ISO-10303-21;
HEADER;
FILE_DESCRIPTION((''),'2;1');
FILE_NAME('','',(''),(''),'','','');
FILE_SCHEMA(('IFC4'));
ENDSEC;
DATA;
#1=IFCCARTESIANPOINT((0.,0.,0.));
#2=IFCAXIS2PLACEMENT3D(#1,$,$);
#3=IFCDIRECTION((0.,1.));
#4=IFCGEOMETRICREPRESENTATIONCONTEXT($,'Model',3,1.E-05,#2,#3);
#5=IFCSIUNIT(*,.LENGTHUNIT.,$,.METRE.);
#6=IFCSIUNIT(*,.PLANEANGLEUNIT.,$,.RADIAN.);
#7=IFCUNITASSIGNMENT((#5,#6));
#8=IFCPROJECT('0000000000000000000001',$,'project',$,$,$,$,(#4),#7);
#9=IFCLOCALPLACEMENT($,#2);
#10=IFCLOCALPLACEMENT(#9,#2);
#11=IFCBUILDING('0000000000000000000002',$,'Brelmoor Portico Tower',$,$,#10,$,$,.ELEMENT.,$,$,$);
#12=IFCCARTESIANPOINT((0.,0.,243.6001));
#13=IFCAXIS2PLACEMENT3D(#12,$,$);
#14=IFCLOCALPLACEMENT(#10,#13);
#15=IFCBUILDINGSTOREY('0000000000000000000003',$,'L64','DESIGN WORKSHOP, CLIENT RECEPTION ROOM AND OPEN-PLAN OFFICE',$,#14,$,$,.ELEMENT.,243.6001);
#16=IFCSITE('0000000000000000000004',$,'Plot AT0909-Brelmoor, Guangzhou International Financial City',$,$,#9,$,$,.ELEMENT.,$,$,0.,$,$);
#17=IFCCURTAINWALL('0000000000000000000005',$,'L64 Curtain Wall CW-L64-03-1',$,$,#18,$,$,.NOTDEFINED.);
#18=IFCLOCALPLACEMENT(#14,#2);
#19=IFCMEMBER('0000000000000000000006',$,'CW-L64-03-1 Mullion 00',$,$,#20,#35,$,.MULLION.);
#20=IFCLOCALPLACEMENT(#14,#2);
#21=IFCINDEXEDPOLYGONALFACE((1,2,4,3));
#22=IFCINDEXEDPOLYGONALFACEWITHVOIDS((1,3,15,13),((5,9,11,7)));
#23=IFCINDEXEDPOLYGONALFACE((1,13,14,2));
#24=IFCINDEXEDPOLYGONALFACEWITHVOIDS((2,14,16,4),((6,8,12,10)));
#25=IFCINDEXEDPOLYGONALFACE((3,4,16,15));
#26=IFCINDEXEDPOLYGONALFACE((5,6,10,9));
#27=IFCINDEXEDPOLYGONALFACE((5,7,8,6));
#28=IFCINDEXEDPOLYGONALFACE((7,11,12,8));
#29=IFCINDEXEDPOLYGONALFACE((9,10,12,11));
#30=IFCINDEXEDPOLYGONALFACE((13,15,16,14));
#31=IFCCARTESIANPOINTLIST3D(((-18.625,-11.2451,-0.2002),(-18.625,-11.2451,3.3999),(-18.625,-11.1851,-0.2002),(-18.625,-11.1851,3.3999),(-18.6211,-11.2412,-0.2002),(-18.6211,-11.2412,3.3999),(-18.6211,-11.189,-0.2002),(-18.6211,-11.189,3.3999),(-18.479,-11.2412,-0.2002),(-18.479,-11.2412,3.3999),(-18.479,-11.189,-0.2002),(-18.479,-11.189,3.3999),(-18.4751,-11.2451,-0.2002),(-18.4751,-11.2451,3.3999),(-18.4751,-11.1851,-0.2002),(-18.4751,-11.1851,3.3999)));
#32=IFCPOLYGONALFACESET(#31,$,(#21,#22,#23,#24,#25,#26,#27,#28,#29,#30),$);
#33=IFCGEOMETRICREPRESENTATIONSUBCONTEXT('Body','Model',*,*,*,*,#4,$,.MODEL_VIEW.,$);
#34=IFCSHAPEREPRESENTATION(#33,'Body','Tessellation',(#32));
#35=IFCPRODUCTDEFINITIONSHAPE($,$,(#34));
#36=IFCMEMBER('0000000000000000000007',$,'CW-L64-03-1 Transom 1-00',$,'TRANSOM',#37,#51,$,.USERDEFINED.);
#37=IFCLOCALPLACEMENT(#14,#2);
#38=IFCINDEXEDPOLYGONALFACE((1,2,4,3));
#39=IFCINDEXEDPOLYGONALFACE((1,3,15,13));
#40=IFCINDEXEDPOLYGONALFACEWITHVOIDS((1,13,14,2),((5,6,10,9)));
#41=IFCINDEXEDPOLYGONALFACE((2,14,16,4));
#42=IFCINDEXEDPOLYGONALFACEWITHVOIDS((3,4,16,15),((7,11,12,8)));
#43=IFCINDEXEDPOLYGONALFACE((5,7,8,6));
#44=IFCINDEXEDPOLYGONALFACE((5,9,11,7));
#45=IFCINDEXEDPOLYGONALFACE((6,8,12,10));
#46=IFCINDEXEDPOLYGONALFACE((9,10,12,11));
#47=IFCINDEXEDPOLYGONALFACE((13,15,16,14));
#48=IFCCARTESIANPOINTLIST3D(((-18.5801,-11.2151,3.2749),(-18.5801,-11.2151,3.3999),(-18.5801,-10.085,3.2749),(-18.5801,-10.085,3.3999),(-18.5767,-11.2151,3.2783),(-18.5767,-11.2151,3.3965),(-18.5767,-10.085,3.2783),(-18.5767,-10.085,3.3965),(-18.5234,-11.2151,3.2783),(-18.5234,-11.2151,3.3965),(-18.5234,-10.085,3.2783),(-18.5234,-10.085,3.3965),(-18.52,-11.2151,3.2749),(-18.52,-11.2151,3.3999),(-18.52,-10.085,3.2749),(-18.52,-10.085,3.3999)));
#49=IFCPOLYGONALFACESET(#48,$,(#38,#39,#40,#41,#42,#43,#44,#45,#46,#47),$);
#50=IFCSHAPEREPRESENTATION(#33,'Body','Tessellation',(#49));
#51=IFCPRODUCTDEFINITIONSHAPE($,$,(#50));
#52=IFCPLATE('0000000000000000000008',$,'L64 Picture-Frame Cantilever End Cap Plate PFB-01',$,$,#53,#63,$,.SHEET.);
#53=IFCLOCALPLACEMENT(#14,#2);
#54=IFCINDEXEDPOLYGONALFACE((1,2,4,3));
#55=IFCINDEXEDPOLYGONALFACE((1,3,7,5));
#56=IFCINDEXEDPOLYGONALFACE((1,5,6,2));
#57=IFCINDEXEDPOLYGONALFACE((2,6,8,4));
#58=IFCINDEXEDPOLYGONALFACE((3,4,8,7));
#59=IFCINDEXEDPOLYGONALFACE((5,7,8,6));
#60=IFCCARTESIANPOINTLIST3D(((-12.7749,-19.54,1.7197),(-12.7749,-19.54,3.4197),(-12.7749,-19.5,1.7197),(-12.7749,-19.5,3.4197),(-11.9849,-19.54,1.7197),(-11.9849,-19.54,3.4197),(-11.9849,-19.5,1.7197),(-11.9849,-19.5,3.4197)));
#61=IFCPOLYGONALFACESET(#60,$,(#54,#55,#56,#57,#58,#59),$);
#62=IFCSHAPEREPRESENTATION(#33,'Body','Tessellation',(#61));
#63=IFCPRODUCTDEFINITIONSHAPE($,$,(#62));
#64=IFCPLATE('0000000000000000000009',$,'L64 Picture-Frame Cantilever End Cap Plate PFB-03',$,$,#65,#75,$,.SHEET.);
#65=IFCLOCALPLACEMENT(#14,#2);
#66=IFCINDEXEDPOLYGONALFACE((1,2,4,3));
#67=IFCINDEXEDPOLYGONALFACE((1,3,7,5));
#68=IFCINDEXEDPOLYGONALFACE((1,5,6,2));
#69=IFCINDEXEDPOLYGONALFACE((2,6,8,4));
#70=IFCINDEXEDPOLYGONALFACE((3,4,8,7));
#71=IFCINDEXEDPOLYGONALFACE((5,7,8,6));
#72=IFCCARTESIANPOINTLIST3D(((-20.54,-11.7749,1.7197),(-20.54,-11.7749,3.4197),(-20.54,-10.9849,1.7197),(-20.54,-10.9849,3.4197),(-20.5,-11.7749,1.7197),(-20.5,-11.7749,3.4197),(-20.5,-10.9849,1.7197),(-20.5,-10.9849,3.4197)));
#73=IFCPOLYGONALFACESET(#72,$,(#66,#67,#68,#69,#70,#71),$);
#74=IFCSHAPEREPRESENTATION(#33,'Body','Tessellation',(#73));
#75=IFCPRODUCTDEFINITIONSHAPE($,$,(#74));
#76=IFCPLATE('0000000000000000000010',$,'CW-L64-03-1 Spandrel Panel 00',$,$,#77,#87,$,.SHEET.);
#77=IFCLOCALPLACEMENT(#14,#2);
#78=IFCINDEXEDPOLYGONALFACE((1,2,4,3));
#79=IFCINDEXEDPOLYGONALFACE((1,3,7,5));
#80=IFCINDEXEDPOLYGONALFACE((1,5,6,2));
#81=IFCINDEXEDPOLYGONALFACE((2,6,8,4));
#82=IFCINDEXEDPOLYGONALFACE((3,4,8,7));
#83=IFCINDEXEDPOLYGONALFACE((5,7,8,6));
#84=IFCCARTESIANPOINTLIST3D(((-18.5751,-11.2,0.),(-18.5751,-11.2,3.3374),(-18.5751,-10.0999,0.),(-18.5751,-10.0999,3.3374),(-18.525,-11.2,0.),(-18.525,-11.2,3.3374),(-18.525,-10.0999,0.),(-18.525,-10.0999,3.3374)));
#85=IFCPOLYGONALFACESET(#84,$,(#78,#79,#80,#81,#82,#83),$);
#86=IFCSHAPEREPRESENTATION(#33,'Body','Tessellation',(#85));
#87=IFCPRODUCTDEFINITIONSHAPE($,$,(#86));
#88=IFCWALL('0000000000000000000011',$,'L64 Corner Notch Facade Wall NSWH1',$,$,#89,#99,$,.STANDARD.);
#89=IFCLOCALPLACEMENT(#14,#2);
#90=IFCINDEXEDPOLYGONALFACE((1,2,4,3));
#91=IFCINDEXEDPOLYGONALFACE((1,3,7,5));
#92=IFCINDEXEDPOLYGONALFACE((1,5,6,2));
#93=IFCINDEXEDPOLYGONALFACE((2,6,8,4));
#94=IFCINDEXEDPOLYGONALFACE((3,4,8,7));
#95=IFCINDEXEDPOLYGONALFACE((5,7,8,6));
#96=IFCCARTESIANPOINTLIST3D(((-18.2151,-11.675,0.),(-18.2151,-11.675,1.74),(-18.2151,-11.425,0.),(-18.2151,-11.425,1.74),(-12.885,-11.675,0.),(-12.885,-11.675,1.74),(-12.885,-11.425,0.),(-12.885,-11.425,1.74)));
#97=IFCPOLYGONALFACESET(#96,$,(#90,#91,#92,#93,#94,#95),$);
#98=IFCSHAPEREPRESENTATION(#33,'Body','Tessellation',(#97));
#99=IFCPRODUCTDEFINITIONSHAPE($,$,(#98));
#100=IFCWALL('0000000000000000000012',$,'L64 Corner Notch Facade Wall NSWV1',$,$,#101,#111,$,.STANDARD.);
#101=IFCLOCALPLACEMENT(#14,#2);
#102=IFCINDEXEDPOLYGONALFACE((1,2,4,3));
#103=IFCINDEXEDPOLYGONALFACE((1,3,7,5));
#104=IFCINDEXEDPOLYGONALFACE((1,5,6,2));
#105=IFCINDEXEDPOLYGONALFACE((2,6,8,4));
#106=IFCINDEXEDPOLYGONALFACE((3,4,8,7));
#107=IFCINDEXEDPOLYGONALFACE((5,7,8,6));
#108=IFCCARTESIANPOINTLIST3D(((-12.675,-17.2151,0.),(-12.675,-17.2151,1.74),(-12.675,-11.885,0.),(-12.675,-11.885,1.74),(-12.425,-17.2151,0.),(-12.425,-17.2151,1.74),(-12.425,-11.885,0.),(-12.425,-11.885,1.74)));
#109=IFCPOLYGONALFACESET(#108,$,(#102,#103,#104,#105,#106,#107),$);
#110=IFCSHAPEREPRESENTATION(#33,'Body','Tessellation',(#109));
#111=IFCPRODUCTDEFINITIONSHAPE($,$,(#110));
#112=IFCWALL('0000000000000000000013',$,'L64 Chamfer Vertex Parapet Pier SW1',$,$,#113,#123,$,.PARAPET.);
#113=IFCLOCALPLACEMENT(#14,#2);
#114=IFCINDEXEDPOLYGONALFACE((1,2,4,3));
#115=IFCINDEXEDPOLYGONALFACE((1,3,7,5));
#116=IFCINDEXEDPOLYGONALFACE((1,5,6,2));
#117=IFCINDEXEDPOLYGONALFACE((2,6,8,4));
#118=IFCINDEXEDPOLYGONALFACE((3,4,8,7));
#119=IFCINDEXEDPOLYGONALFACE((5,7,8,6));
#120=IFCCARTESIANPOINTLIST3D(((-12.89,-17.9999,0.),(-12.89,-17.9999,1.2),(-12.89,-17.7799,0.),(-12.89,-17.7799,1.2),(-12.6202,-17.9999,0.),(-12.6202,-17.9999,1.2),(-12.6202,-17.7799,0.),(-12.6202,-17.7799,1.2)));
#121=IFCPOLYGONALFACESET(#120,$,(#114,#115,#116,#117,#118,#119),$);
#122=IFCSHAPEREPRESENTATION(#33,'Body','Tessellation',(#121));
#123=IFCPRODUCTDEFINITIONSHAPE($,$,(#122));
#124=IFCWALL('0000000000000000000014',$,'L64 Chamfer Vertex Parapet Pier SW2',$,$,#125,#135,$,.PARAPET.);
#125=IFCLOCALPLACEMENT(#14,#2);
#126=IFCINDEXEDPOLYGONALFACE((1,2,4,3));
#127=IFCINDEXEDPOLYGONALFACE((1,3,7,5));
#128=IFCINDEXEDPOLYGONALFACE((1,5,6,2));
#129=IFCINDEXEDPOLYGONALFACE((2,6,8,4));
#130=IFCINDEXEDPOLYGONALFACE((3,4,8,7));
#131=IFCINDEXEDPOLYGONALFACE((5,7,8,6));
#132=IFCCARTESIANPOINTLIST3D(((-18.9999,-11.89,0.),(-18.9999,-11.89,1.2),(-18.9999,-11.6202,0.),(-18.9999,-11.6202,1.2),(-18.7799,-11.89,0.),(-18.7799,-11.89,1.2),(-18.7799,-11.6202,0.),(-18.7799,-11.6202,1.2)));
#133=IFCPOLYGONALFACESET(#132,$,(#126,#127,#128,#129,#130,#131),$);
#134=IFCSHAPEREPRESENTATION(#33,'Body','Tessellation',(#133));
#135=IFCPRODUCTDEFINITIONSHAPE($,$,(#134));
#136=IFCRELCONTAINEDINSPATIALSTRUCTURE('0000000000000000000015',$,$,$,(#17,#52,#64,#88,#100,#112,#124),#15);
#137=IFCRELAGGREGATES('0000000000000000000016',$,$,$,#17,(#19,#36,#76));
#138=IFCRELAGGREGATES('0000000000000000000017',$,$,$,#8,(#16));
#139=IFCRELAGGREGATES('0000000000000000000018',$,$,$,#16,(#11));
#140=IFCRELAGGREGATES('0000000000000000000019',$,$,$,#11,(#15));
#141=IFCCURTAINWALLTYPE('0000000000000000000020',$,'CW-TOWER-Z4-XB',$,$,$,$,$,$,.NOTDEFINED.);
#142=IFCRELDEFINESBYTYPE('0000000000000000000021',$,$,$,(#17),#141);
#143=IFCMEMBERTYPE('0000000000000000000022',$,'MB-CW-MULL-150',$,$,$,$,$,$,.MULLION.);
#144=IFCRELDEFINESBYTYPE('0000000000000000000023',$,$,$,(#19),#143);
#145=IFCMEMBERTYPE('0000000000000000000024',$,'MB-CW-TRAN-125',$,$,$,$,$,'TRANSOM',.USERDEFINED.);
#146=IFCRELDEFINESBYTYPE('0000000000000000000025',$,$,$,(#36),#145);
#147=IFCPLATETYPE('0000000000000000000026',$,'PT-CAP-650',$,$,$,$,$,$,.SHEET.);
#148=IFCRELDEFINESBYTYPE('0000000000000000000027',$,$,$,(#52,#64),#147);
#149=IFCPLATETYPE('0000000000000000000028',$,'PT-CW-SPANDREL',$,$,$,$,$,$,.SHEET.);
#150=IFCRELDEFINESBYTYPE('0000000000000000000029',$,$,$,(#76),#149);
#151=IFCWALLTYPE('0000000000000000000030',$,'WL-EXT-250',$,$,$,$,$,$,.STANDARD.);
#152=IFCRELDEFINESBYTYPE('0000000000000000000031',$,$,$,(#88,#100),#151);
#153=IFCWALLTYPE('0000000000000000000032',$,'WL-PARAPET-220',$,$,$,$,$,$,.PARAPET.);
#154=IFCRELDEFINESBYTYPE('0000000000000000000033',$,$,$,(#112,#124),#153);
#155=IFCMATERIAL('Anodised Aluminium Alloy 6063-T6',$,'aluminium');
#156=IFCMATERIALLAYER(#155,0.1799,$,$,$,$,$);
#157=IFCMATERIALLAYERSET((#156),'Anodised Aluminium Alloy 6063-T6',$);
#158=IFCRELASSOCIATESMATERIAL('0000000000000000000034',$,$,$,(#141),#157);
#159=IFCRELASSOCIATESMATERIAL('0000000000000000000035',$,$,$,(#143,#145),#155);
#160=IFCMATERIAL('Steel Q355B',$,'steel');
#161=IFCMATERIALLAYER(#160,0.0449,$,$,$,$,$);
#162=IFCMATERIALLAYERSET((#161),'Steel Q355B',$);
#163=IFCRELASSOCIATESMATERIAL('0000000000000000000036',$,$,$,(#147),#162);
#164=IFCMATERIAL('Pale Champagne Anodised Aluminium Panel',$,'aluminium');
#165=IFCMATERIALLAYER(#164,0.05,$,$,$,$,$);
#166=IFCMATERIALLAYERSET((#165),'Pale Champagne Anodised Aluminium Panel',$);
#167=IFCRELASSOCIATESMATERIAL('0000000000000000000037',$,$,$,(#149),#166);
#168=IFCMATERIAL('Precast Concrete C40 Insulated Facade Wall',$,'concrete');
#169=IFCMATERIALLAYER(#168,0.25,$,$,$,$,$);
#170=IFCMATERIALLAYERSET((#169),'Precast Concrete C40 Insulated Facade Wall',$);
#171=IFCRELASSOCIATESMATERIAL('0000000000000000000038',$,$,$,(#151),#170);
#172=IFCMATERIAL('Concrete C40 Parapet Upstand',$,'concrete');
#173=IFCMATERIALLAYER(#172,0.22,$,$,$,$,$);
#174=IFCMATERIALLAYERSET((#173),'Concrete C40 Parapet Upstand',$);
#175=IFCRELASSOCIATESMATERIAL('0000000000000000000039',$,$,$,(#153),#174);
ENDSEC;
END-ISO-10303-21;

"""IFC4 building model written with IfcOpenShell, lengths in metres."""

from ifc_helpers import new_model, si_unit, direction, frame, frame_2d, origin, origin_2d, place, context, subcontext, project, spatial, rectangle, hollow_rectangle, extrude, material, layer, layer_set, material_profile, profile_set, type_object, element, aggregate, save


model = new_model("IFC4")

# Units and contexts
model_context = context("Model", 3, precision=1e-05, world=origin(), true_north=direction((0.0, 1.0)))
body_context = subcontext(model_context, "Body", "Model", "MODEL_VIEW")
ifc_project = project(units=[si_unit("LENGTHUNIT", "METRE"), si_unit("PLANEANGLEUNIT", "RADIAN")], contexts=[model_context])

# Site, building, storey
site_placement = place(None, origin())
site = spatial("IfcSite", under=ifc_project, at=site_placement, Name="Plot AT0909-Brelmoor, Guangzhou International Financial City", CompositionType="ELEMENT", RefElevation=0.0)
building_placement = place(site_placement, origin())
building = spatial("IfcBuilding", under=site, at=building_placement, Name="Brelmoor Portico Tower", CompositionType="ELEMENT")
storey_placement = place(building_placement, frame((0.0, 0.0, 243.6001)))
storey = spatial("IfcBuildingStorey", under=building, at=storey_placement, Name="L64", Description="DESIGN WORKSHOP, CLIENT RECEPTION ROOM AND OPEN-PLAN OFFICE", CompositionType="ELEMENT", Elevation=243.6001)

# Shared definitions
ifc_material_1 = material(Name="Steel Q355B", Category="steel")

# Shared definitions
ifc_material_2 = material(Name="Anodised Aluminium Alloy 6063-T6", Category="aluminium")
ifc_layer_1 = layer(ifc_material_2, 0.1799)
ifc_layer_set_1 = layer_set([ifc_layer_1], Name="Anodised Aluminium Alloy 6063-T6")
curtain_wall_type = type_object("IfcCurtainWallType", Name="CW-TOWER-Z4-XB", PredefinedType="NOTDEFINED", material=ifc_layer_set_1)
ifc_material_profile_1 = material_profile(ifc_material_2, hollow_rectangle(XDim=0.0601, YDim=0.1499, WallThickness=0.0039, at=origin_2d()), Name="ALU MULLION 60x150")
ifc_profile_set_1 = profile_set([ifc_material_profile_1], Name="Anodised Aluminium Alloy 6063-T6")
member_type_1 = type_object("IfcMemberType", Name="MB-CW-MULL-150", PredefinedType="MULLION", material=ifc_profile_set_1)

# Curtain wall, members
curtain_wall_1_placement = place(storey_placement, origin())
curtain_wall_1 = element("IfcCurtainWall", 1, at=curtain_wall_1_placement, inside=storey, type_object=curtain_wall_type, Name="L64 Curtain Wall CW-L64-03-1", PredefinedType="NOTDEFINED")
member_1_placement = place(storey_placement, frame((-18.55, -11.2151, -0.2002), z_axis=(0.0, 0.0, 1.0), x_axis=(0.0, 1.0, 0.0)))
member_1 = element("IfcMember", 2, at=member_1_placement, type_object=member_type_1, Name="CW-L64-03-1 Mullion 00", PredefinedType="MULLION", context=body_context, shape_type="SweptSolid", body=[
    extrude(hollow_rectangle(XDim=0.0601, YDim=0.1499, WallThickness=0.0039, at=origin_2d()), origin(), (0.0, 0.0, 1.0), 3.6001),
])
ifc_material_profile_2 = material_profile(ifc_material_2, hollow_rectangle(XDim=0.0601, YDim=0.125, WallThickness=0.0034, at=origin_2d()), Name="ALU TRANSOM 60x125")
ifc_profile_set_2 = profile_set([ifc_material_profile_2], Name="Anodised Aluminium Alloy 6063-T6")
member_type_2 = type_object("IfcMemberType", Name="MB-CW-TRAN-125", ElementType="TRANSOM", PredefinedType="USERDEFINED", material=ifc_profile_set_2)
member_2_placement = place(storey_placement, frame((-18.55, -11.2151, 3.3374), z_axis=(0.0, 1.0, 0.0), x_axis=(-1.0, 0.0, 0.0)))
member_2 = element("IfcMember", 3, at=member_2_placement, type_object=member_type_2, Name="CW-L64-03-1 Transom 1-00", ObjectType="TRANSOM", PredefinedType="USERDEFINED", context=body_context, shape_type="SweptSolid", body=[
    extrude(hollow_rectangle(XDim=0.0601, YDim=0.125, WallThickness=0.0034, at=origin_2d()), origin(), (0.0, 0.0, 1.0), 1.1301),
])

# Plates
ifc_layer_2 = layer(ifc_material_1, 0.0449)
ifc_layer_set_2 = layer_set([ifc_layer_2], Name="Steel Q355B")
plate_type_1 = type_object("IfcPlateType", Name="PT-CAP-650", PredefinedType="SHEET", material=ifc_layer_set_2)
plate_1_placement = place(storey_placement, frame((-12.3799, -19.52, 1.7197), z_axis=(0.0, 0.0, 1.0), x_axis=(1.0, 0.0, 0.0)))
element("IfcPlate", 4, at=plate_1_placement, inside=storey, type_object=plate_type_1, Name="L64 Picture-Frame Cantilever End Cap Plate PFB-01", PredefinedType="SHEET", context=body_context, shape_type="SweptSolid", body=[
    extrude(rectangle(XDim=0.79, YDim=0.04, at=origin_2d()), origin(), (0.0, 0.0, 1.0), 1.7),
])
plate_2_placement = place(storey_placement, frame((-20.52, -11.3799, 1.7197), z_axis=(0.0, 0.0, 1.0), x_axis=(1.0, 0.0, 0.0)))
element("IfcPlate", 5, at=plate_2_placement, inside=storey, type_object=plate_type_1, Name="L64 Picture-Frame Cantilever End Cap Plate PFB-03", PredefinedType="SHEET", context=body_context, shape_type="SweptSolid", body=[
    extrude(rectangle(XDim=0.04, YDim=0.79, at=origin_2d()), origin(), (0.0, 0.0, 1.0), 1.7),
])

# Plate
ifc_material_3 = material(Name="Pale Champagne Anodised Aluminium Panel", Category="aluminium")
ifc_layer_3 = layer(ifc_material_3, 0.05)
ifc_layer_set_3 = layer_set([ifc_layer_3], Name="Pale Champagne Anodised Aluminium Panel")
plate_type_2 = type_object("IfcPlateType", Name="PT-CW-SPANDREL", PredefinedType="SHEET", material=ifc_layer_set_3)
plate_3_placement = place(storey_placement, frame((-18.55, -10.6499, 0.0), z_axis=(0.0, 0.0, 1.0), x_axis=(0.0, 1.0, 0.0)))
plate_3 = element("IfcPlate", 6, at=plate_3_placement, type_object=plate_type_2, Name="CW-L64-03-1 Spandrel Panel 00", PredefinedType="SHEET", context=body_context, shape_type="SweptSolid", body=[
    extrude(rectangle(XDim=1.1001, YDim=0.05, at=origin_2d()), origin(), (0.0, 0.0, 1.0), 3.3374),
])
aggregate(curtain_wall_1, [member_1, member_2, plate_3])

# Walls
ifc_material_4 = material(Name="Precast Concrete C40 Insulated Facade Wall", Category="concrete")
ifc_layer_4 = layer(ifc_material_4, 0.25)
ifc_layer_set_4 = layer_set([ifc_layer_4], Name="Precast Concrete C40 Insulated Facade Wall")
wall_type_1 = type_object("IfcWallType", Name="WL-EXT-250", PredefinedType="STANDARD", material=ifc_layer_set_4)
for number, where, z_axis, x_axis, name in (
    (7, (-18.2151, -11.55, 0.0), (0.0, 0.0, 1.0), (1.0, 0.0, 0.0), "L64 Corner Notch Facade Wall NSWH1"),
    (8, (-12.55, -17.2151, 0.0), (0.0, 0.0, 1.0), (0.0, 1.0, 0.0), "L64 Corner Notch Facade Wall NSWV1"),
):
    element("IfcWall", number, at=place(storey_placement, frame(where, z_axis=z_axis, x_axis=x_axis)), inside=storey, type_object=wall_type_1, Name=name, PredefinedType="STANDARD", context=body_context, shape_type="SweptSolid", body=[
        extrude(rectangle(XDim=5.3301, YDim=0.25, at=frame_2d((2.665, 0.0))), origin(), (0.0, 0.0, 1.0), 1.74),
    ])
ifc_material_5 = material(Name="Concrete C40 Parapet Upstand", Category="concrete")
ifc_layer_5 = layer(ifc_material_5, 0.22)
ifc_layer_set_5 = layer_set([ifc_layer_5], Name="Concrete C40 Parapet Upstand")
wall_type_2 = type_object("IfcWallType", Name="WL-PARAPET-220", PredefinedType="PARAPET", material=ifc_layer_set_5)
for number, where, z_axis, x_axis, name in (
    (9, (-12.8899, -17.8899, 0.0), (0.0, 0.0, 1.0), (1.0, 0.0, 0.0), "L64 Chamfer Vertex Parapet Pier SW1"),
    (10, (-18.8899, -11.8899, 0.0), (0.0, 0.0, 1.0), (0.0, 1.0, 0.0), "L64 Chamfer Vertex Parapet Pier SW2"),
):
    element("IfcWall", number, at=place(storey_placement, frame(where, z_axis=z_axis, x_axis=x_axis)), inside=storey, type_object=wall_type_2, Name=name, PredefinedType="PARAPET", context=body_context, shape_type="SweptSolid", body=[
        extrude(rectangle(XDim=0.2698, YDim=0.22, at=frame_2d((0.1348, 0.0))), origin(), (0.0, 0.0, 1.0), 1.2),
    ])

save(model, "model.ifc")
